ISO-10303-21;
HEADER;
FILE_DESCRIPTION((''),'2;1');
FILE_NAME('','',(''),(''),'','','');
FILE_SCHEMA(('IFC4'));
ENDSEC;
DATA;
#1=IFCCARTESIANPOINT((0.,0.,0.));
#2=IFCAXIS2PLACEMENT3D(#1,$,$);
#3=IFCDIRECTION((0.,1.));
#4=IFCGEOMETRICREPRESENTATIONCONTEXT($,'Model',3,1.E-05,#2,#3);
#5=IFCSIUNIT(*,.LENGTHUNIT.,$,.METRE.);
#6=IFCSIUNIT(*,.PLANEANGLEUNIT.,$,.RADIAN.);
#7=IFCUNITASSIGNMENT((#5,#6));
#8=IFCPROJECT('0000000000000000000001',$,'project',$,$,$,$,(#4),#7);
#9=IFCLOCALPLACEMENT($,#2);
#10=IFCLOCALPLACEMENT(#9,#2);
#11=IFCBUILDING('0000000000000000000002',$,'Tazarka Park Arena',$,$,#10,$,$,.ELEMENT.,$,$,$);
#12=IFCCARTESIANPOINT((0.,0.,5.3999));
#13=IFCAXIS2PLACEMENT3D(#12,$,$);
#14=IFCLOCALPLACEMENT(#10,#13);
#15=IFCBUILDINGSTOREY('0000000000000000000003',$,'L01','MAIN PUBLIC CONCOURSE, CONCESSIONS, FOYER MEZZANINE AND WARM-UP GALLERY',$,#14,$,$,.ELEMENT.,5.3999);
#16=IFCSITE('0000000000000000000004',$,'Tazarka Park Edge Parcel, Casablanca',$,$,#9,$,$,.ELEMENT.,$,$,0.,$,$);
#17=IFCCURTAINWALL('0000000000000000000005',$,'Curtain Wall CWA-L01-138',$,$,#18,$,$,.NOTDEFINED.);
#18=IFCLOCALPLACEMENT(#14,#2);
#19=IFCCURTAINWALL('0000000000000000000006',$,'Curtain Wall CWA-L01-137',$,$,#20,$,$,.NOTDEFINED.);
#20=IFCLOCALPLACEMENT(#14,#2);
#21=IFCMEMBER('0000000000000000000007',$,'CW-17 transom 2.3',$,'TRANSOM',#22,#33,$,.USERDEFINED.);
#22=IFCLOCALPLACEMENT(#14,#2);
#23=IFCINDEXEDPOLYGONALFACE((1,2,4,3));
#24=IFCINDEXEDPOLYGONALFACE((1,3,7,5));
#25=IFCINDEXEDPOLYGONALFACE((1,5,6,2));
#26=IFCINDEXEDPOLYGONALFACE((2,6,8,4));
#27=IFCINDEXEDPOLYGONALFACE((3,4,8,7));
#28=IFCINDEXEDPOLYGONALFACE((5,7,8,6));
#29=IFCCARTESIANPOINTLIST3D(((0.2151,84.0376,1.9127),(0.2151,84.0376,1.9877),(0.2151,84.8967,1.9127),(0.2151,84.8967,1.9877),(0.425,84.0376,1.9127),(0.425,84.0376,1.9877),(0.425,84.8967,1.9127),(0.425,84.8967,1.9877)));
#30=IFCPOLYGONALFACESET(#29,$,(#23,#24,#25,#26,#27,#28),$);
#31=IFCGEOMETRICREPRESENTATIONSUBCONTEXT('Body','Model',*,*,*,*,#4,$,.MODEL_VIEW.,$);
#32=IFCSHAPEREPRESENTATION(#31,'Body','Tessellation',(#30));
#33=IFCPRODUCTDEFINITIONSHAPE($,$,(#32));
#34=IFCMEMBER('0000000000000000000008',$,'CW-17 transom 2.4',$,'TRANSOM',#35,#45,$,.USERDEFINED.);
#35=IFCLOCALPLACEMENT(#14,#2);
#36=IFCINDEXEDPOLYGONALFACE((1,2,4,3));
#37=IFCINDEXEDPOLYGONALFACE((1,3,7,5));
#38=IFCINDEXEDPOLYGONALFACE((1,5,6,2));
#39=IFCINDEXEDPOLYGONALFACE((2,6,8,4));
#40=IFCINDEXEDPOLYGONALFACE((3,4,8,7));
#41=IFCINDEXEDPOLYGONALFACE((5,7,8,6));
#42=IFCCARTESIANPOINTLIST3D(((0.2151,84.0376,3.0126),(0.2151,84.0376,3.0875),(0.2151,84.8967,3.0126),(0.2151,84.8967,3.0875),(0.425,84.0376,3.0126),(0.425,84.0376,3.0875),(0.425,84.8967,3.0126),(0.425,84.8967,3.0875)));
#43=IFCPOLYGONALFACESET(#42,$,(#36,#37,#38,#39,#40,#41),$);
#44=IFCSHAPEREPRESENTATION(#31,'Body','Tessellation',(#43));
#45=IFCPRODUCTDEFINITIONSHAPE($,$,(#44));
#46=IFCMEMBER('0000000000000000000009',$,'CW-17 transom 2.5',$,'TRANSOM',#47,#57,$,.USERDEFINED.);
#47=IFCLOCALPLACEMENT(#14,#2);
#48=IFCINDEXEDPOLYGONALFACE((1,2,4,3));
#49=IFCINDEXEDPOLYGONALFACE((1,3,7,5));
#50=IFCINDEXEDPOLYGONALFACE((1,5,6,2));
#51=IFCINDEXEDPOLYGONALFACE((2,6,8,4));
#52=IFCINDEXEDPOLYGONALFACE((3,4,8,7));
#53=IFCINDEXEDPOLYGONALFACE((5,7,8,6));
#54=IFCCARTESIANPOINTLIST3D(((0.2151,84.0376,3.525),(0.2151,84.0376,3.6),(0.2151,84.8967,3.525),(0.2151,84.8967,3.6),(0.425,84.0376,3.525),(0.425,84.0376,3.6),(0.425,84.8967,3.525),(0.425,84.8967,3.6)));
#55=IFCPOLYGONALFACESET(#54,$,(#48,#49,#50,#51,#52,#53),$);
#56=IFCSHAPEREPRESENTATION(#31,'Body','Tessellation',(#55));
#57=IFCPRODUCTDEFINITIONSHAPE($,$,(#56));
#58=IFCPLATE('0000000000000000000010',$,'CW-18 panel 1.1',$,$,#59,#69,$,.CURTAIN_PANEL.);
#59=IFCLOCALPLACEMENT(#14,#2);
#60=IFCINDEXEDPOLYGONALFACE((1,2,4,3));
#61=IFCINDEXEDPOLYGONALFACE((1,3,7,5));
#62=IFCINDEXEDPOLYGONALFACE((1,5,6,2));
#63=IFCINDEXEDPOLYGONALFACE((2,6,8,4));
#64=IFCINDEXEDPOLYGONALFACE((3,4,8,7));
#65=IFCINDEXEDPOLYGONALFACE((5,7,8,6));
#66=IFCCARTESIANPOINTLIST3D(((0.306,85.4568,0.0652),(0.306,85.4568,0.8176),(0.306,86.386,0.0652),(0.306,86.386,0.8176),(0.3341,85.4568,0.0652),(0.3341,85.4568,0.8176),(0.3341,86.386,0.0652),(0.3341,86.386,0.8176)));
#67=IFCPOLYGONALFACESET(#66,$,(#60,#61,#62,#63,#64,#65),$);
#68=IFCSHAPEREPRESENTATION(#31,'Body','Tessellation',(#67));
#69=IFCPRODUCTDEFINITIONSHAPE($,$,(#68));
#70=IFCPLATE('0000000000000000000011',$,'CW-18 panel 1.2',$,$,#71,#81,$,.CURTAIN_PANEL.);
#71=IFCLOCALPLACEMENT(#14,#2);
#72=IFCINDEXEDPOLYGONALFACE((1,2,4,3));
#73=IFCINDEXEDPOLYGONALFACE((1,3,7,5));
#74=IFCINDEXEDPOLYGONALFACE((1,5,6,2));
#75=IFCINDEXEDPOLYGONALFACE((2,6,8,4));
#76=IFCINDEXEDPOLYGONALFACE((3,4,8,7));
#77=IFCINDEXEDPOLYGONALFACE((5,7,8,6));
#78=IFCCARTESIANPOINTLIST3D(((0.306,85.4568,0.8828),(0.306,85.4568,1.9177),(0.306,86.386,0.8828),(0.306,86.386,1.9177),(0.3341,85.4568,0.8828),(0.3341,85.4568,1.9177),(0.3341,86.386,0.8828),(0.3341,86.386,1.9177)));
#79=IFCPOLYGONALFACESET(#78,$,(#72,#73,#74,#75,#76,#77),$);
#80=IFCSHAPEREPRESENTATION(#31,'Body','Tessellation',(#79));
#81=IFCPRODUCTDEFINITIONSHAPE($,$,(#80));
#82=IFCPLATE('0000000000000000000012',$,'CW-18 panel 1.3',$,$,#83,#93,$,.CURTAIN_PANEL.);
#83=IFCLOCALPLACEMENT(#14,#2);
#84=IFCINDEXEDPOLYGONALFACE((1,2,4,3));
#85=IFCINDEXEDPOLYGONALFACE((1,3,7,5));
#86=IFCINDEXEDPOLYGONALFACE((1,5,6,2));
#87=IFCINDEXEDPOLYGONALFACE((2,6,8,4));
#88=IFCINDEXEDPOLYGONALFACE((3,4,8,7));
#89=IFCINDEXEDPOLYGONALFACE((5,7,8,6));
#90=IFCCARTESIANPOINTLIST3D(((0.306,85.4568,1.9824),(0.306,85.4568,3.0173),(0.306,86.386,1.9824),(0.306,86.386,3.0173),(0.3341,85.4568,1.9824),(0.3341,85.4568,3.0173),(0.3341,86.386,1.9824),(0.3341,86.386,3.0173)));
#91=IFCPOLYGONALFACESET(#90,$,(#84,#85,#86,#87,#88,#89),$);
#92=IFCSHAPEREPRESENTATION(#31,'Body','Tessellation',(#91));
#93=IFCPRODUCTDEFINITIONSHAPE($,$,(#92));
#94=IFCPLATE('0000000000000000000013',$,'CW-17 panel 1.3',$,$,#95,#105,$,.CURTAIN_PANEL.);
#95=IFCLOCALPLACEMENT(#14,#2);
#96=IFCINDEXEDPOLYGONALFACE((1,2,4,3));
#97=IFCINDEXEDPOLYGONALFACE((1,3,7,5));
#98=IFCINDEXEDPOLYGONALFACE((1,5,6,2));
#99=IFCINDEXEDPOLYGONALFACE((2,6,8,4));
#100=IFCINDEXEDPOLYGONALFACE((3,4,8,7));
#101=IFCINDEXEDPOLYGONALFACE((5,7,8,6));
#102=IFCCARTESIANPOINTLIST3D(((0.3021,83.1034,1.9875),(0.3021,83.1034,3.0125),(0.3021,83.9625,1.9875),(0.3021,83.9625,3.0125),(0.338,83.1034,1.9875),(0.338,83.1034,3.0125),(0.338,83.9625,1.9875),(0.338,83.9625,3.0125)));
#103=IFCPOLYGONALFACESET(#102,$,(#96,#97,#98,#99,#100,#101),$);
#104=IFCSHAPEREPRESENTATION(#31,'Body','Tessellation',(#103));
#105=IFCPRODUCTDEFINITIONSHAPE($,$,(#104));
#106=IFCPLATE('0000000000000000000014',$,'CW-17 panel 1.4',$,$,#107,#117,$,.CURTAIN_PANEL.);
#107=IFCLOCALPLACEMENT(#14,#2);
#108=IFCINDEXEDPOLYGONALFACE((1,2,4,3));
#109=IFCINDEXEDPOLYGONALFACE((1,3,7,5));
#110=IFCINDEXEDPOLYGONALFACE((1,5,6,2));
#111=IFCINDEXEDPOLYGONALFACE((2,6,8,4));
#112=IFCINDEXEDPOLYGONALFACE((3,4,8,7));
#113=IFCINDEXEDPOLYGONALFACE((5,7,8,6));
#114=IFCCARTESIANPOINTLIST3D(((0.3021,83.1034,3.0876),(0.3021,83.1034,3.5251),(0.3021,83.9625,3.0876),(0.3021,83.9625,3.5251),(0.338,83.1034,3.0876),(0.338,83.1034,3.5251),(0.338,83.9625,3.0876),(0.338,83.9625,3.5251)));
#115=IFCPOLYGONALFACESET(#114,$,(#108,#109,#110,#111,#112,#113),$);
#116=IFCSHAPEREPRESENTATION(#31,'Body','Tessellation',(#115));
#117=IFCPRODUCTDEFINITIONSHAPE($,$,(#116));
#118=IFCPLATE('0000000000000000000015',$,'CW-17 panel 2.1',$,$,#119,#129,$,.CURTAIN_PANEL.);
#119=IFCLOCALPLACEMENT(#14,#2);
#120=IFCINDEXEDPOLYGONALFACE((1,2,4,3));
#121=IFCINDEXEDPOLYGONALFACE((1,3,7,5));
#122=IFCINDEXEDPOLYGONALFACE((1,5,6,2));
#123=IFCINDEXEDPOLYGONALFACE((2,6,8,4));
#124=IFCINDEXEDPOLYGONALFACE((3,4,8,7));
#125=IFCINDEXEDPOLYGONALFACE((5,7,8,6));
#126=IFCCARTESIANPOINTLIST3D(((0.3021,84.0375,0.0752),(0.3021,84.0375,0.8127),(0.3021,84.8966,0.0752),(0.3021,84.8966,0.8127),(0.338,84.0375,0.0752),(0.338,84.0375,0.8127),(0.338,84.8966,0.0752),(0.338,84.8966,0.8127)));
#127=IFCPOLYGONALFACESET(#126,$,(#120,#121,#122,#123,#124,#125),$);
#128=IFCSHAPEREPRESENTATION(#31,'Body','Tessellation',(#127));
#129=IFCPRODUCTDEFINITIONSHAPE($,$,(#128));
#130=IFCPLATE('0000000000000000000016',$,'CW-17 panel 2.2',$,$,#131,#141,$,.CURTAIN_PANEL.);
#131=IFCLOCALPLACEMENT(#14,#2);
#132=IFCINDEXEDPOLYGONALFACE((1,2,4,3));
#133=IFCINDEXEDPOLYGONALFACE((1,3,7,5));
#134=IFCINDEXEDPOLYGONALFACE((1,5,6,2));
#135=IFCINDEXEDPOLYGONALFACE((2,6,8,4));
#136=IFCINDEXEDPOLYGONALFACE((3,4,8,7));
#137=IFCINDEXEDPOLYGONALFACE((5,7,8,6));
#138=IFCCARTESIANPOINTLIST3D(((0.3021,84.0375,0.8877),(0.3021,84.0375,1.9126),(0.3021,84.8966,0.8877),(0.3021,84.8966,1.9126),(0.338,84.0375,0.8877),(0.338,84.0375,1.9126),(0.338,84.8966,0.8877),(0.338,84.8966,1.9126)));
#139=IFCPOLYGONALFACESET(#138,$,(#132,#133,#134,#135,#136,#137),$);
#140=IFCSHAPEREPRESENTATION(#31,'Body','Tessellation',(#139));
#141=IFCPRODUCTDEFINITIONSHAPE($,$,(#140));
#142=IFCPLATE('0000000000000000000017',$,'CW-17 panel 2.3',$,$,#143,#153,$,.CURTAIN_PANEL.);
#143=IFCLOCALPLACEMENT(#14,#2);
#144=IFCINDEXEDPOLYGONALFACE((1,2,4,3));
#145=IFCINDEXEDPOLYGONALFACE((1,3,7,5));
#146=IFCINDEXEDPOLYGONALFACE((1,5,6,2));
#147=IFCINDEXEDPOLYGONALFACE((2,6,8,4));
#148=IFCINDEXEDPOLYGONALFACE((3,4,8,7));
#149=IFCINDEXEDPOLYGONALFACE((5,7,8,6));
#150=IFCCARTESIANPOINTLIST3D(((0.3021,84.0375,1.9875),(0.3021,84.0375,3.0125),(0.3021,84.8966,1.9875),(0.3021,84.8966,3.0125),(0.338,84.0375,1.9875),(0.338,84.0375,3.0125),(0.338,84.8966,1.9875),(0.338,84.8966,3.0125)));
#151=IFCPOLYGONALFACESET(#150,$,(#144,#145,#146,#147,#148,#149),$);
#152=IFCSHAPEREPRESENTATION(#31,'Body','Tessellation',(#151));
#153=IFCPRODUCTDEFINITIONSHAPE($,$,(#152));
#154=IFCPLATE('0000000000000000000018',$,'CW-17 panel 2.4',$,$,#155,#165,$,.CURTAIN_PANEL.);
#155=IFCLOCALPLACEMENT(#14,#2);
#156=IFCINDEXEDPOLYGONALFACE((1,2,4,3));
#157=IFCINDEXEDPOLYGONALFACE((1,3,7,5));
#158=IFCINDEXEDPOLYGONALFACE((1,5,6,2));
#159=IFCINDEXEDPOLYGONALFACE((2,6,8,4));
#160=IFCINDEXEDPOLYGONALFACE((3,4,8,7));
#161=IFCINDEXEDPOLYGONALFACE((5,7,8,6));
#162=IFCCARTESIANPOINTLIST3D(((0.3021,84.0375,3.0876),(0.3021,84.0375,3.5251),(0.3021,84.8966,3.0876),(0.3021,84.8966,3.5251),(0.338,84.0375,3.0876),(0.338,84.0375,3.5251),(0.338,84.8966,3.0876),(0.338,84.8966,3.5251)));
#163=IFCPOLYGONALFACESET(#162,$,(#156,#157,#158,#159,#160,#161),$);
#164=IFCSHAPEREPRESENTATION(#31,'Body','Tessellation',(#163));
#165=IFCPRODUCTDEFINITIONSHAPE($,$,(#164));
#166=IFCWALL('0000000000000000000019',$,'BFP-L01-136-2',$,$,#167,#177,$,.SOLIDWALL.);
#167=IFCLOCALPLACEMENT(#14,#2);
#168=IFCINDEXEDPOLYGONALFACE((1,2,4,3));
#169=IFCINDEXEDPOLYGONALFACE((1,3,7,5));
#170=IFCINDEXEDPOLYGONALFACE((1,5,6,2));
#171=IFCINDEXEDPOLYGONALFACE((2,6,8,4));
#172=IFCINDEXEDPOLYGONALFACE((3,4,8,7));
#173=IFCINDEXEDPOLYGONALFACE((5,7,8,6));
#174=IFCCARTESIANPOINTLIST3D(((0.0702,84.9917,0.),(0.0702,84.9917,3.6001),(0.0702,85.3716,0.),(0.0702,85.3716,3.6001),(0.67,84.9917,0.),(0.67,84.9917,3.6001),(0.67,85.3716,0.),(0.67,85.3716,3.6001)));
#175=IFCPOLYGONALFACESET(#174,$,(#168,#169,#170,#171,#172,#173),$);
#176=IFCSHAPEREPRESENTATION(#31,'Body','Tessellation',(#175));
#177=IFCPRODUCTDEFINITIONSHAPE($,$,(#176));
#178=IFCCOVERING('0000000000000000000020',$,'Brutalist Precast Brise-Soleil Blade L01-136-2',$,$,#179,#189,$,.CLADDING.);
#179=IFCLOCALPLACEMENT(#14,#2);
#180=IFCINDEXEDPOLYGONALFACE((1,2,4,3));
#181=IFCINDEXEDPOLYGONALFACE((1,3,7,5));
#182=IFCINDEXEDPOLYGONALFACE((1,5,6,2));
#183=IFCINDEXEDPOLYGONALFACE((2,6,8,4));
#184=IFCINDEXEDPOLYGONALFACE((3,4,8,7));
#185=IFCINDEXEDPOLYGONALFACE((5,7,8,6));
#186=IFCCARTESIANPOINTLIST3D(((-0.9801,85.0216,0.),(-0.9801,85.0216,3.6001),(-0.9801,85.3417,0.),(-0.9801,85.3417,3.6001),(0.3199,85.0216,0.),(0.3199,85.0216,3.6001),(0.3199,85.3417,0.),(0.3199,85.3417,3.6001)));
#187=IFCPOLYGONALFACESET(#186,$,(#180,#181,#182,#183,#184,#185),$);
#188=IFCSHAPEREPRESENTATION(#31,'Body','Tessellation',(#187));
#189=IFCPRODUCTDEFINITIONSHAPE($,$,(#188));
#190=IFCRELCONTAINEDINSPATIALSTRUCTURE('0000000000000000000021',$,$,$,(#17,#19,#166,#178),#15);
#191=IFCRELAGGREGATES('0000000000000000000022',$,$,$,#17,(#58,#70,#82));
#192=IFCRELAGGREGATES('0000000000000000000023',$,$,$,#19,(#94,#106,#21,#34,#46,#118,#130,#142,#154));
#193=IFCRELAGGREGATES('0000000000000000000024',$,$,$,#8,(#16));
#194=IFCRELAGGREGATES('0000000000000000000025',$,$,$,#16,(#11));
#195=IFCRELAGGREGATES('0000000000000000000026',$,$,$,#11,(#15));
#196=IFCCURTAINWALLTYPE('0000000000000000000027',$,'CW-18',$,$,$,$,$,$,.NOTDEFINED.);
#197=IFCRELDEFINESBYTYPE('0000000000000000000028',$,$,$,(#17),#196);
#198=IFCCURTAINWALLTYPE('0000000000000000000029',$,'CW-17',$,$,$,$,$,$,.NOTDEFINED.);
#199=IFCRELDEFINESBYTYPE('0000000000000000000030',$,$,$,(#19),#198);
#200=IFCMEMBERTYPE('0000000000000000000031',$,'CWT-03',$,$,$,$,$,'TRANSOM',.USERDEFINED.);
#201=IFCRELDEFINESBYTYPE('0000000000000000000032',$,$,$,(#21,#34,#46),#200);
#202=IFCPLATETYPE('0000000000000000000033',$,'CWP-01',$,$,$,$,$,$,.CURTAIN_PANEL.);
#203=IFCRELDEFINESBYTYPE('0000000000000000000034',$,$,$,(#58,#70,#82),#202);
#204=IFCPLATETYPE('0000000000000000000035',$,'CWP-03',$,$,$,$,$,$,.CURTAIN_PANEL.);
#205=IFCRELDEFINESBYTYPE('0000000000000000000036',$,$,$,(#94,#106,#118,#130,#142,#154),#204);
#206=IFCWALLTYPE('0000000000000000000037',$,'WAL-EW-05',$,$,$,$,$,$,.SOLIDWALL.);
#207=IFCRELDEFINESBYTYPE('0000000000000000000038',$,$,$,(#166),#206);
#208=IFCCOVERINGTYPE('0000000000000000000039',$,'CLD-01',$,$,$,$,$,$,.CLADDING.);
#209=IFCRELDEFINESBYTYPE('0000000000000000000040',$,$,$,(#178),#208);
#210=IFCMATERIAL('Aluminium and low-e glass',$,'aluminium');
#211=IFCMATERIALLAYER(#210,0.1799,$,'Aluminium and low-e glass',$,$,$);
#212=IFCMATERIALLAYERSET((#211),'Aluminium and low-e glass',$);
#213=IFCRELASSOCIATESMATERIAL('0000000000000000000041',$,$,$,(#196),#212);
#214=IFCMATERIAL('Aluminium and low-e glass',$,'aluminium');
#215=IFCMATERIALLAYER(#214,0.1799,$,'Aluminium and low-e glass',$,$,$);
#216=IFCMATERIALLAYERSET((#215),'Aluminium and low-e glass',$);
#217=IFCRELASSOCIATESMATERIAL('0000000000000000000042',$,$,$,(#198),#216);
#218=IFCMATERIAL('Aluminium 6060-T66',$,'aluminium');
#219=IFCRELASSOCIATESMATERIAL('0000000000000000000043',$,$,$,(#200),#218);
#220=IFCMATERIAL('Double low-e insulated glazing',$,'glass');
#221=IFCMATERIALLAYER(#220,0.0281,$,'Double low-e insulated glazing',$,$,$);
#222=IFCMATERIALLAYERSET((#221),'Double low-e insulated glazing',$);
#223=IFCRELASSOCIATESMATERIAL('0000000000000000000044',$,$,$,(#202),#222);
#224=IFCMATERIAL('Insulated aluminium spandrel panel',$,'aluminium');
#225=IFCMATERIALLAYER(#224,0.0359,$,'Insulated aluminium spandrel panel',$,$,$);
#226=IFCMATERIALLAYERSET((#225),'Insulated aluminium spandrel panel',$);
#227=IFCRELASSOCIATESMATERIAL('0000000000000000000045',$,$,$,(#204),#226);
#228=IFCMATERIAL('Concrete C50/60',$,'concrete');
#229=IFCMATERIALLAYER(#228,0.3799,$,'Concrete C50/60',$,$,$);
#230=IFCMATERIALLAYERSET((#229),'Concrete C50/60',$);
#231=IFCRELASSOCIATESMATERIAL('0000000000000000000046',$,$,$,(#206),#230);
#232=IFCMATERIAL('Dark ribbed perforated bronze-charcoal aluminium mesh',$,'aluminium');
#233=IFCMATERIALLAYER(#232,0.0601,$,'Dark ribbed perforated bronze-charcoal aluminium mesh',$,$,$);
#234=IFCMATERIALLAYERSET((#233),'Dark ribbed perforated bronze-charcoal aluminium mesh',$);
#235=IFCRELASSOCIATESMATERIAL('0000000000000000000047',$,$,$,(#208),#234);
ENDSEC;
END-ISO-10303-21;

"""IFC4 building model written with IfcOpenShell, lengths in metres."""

from ifc_helpers import new_model, si_unit, direction, frame, frame_2d, origin, origin_2d, place, context, subcontext, project, spatial, rectangle, extrude, material, layer, layer_set, material_profile, profile_set, type_object, element, aggregate, save


model = new_model("IFC4")

# Units and contexts
model_context = context("Model", 3, precision=1e-05, world=origin(), true_north=direction((0.0, 1.0)))
body_context = subcontext(model_context, "Body", "Model", "MODEL_VIEW")
ifc_project = project(units=[si_unit("LENGTHUNIT", "METRE"), si_unit("PLANEANGLEUNIT", "RADIAN")], contexts=[model_context])

# Site, building, storey
site_placement = place(None, origin())
site = spatial("IfcSite", under=ifc_project, at=site_placement, Name="Tazarka Park Edge Parcel, Casablanca", CompositionType="ELEMENT", RefElevation=0.0)
building_placement = place(site_placement, origin())
building = spatial("IfcBuilding", under=site, at=building_placement, Name="Tazarka Park Arena", CompositionType="ELEMENT")
storey_placement = place(building_placement, frame((0.0, 0.0, 5.3999)))
storey = spatial("IfcBuildingStorey", under=building, at=storey_placement, Name="L01", Description="MAIN PUBLIC CONCOURSE, CONCESSIONS, FOYER MEZZANINE AND WARM-UP GALLERY", CompositionType="ELEMENT", Elevation=5.3999)

# Curtain wall
ifc_material_1 = material(Name="Aluminium and low-e glass", Category="aluminium")
ifc_layer_1 = layer(ifc_material_1, 0.1799, Name="Aluminium and low-e glass")
ifc_layer_set_1 = layer_set([ifc_layer_1], Name="Aluminium and low-e glass")
curtain_wall_type_1 = type_object("IfcCurtainWallType", Name="CW-18", PredefinedType="NOTDEFINED", material=ifc_layer_set_1)
curtain_wall_1_placement = place(storey_placement, origin())
curtain_wall_1 = element("IfcCurtainWall", 1, at=curtain_wall_1_placement, inside=storey, type_object=curtain_wall_type_1, Name="Curtain Wall CWA-L01-138", PredefinedType="NOTDEFINED")

# Curtain wall
ifc_material_2 = material(Name="Aluminium and low-e glass", Category="aluminium")
ifc_layer_2 = layer(ifc_material_2, 0.1799, Name="Aluminium and low-e glass")
ifc_layer_set_2 = layer_set([ifc_layer_2], Name="Aluminium and low-e glass")
curtain_wall_type_2 = type_object("IfcCurtainWallType", Name="CW-17", PredefinedType="NOTDEFINED", material=ifc_layer_set_2)
curtain_wall_2_placement = place(storey_placement, origin())
curtain_wall_2 = element("IfcCurtainWall", 2, at=curtain_wall_2_placement, inside=storey, type_object=curtain_wall_type_2, Name="Curtain Wall CWA-L01-137", PredefinedType="NOTDEFINED")

# Members
ifc_material_3 = material(Name="Aluminium 6060-T66", Category="aluminium")
ifc_material_profile_1 = material_profile(ifc_material_3, rectangle(XDim=0.21, YDim=0.075, at=origin_2d()), Name="Aluminium 6060-T66")
ifc_profile_set_1 = profile_set([ifc_material_profile_1], Name="Aluminium 6060-T66")
member_type_1 = type_object("IfcMemberType", Name="CWT-03", ElementType="TRANSOM", PredefinedType="USERDEFINED", material=ifc_profile_set_1)
member_1_placement = place(storey_placement, frame((0.3201, 84.0376, 1.9502), z_axis=(0.0, 1.0, 0.0), x_axis=(-1.0, 0.0, 0.0)))
member_1 = element("IfcMember", 3, at=member_1_placement, type_object=member_type_1, Name="CW-17 transom 2.3", ObjectType="TRANSOM", PredefinedType="USERDEFINED", context=body_context, shape_type="SweptSolid", body=[
    extrude(rectangle(XDim=0.21, YDim=0.075, at=origin_2d()), origin(), (0.0, 0.0, 1.0), 0.8591),
])
member_2_placement = place(storey_placement, frame((0.3201, 84.0376, 3.05), z_axis=(0.0, 1.0, 0.0), x_axis=(-1.0, 0.0, 0.0)))
member_2 = element("IfcMember", 4, at=member_2_placement, type_object=member_type_1, Name="CW-17 transom 2.4", ObjectType="TRANSOM", PredefinedType="USERDEFINED", context=body_context, shape_type="SweptSolid", body=[
    extrude(rectangle(XDim=0.21, YDim=0.075, at=origin_2d()), origin(), (0.0, 0.0, 1.0), 0.8591),
])
member_3_placement = place(storey_placement, frame((0.3201, 84.0376, 3.5625), z_axis=(0.0, 1.0, 0.0), x_axis=(-1.0, 0.0, 0.0)))
member_3 = element("IfcMember", 5, at=member_3_placement, type_object=member_type_1, Name="CW-17 transom 2.5", ObjectType="TRANSOM", PredefinedType="USERDEFINED", context=body_context, shape_type="SweptSolid", body=[
    extrude(rectangle(XDim=0.21, YDim=0.075, at=origin_2d()), origin(), (0.0, 0.0, 1.0), 0.8591),
])

# Plates
ifc_material_4 = material(Name="Double low-e insulated glazing", Category="glass")
ifc_layer_3 = layer(ifc_material_4, 0.0281, Name="Double low-e insulated glazing")
ifc_layer_set_3 = layer_set([ifc_layer_3], Name="Double low-e insulated glazing")
plate_type_1 = type_object("IfcPlateType", Name="CWP-01", PredefinedType="CURTAIN_PANEL", material=ifc_layer_set_3)
plate_1_placement = place(storey_placement, frame((0.3201, 85.9214, 0.0652), z_axis=(0.0, 0.0, 1.0), x_axis=(0.0, 1.0, 0.0)))
plate_1 = element("IfcPlate", 6, at=plate_1_placement, type_object=plate_type_1, Name="CW-18 panel 1.1", PredefinedType="CURTAIN_PANEL", context=body_context, shape_type="SweptSolid", body=[
    extrude(rectangle(XDim=0.9292, YDim=0.0281, at=origin_2d()), origin(), (0.0, 0.0, 1.0), 0.7524),
])
plate_2_placement = place(storey_placement, frame((0.3201, 85.9214, 0.8828), z_axis=(0.0, 0.0, 1.0), x_axis=(0.0, 1.0, 0.0)))
plate_2 = element("IfcPlate", 7, at=plate_2_placement, type_object=plate_type_1, Name="CW-18 panel 1.2", PredefinedType="CURTAIN_PANEL", context=body_context, shape_type="SweptSolid", body=[
    extrude(rectangle(XDim=0.9292, YDim=0.0281, at=origin_2d()), origin(), (0.0, 0.0, 1.0), 1.0349),
])
plate_3_placement = place(storey_placement, frame((0.3201, 85.9214, 1.9824), z_axis=(0.0, 0.0, 1.0), x_axis=(0.0, 1.0, 0.0)))
plate_3 = element("IfcPlate", 8, at=plate_3_placement, type_object=plate_type_1, Name="CW-18 panel 1.3", PredefinedType="CURTAIN_PANEL", context=body_context, shape_type="SweptSolid", body=[
    extrude(rectangle(XDim=0.9292, YDim=0.0281, at=origin_2d()), origin(), (0.0, 0.0, 1.0), 1.0349),
])
aggregate(curtain_wall_1, [plate_1, plate_2, plate_3])
ifc_material_5 = material(Name="Insulated aluminium spandrel panel", Category="aluminium")
ifc_layer_4 = layer(ifc_material_5, 0.0359, Name="Insulated aluminium spandrel panel")
ifc_layer_set_4 = layer_set([ifc_layer_4], Name="Insulated aluminium spandrel panel")
plate_type_2 = type_object("IfcPlateType", Name="CWP-03", PredefinedType="CURTAIN_PANEL", material=ifc_layer_set_4)
plate_4_placement = place(storey_placement, frame((0.3201, 83.533, 1.9875), z_axis=(0.0, 0.0, 1.0), x_axis=(0.0, 1.0, 0.0)))
plate_4 = element("IfcPlate", 9, at=plate_4_placement, type_object=plate_type_2, Name="CW-17 panel 1.3", PredefinedType="CURTAIN_PANEL", context=body_context, shape_type="SweptSolid", body=[
    extrude(rectangle(XDim=0.8591, YDim=0.0359, at=origin_2d()), origin(), (0.0, 0.0, 1.0), 1.0249),
])
plate_5_placement = place(storey_placement, frame((0.3201, 83.533, 3.0876), z_axis=(0.0, 0.0, 1.0), x_axis=(0.0, 1.0, 0.0)))
plate_5 = element("IfcPlate", 10, at=plate_5_placement, type_object=plate_type_2, Name="CW-17 panel 1.4", PredefinedType="CURTAIN_PANEL", context=body_context, shape_type="SweptSolid", body=[
    extrude(rectangle(XDim=0.8591, YDim=0.0359, at=origin_2d()), origin(), (0.0, 0.0, 1.0), 0.4375),
])
plate_6_placement = place(storey_placement, frame((0.3201, 84.467, 0.0752), z_axis=(0.0, 0.0, 1.0), x_axis=(0.0, 1.0, 0.0)))
plate_6 = element("IfcPlate", 11, at=plate_6_placement, type_object=plate_type_2, Name="CW-17 panel 2.1", PredefinedType="CURTAIN_PANEL", context=body_context, shape_type="SweptSolid", body=[
    extrude(rectangle(XDim=0.8591, YDim=0.0359, at=origin_2d()), origin(), (0.0, 0.0, 1.0), 0.7375),
])
plate_7_placement = place(storey_placement, frame((0.3201, 84.467, 0.8877), z_axis=(0.0, 0.0, 1.0), x_axis=(0.0, 1.0, 0.0)))
plate_7 = element("IfcPlate", 12, at=plate_7_placement, type_object=plate_type_2, Name="CW-17 panel 2.2", PredefinedType="CURTAIN_PANEL", context=body_context, shape_type="SweptSolid", body=[
    extrude(rectangle(XDim=0.8591, YDim=0.0359, at=origin_2d()), origin(), (0.0, 0.0, 1.0), 1.0249),
])
plate_8_placement = place(storey_placement, frame((0.3201, 84.467, 1.9875), z_axis=(0.0, 0.0, 1.0), x_axis=(0.0, 1.0, 0.0)))
plate_8 = element("IfcPlate", 13, at=plate_8_placement, type_object=plate_type_2, Name="CW-17 panel 2.3", PredefinedType="CURTAIN_PANEL", context=body_context, shape_type="SweptSolid", body=[
    extrude(rectangle(XDim=0.8591, YDim=0.0359, at=origin_2d()), origin(), (0.0, 0.0, 1.0), 1.0249),
])
plate_9_placement = place(storey_placement, frame((0.3201, 84.467, 3.0876), z_axis=(0.0, 0.0, 1.0), x_axis=(0.0, 1.0, 0.0)))
plate_9 = element("IfcPlate", 14, at=plate_9_placement, type_object=plate_type_2, Name="CW-17 panel 2.4", PredefinedType="CURTAIN_PANEL", context=body_context, shape_type="SweptSolid", body=[
    extrude(rectangle(XDim=0.8591, YDim=0.0359, at=origin_2d()), origin(), (0.0, 0.0, 1.0), 0.4375),
])
aggregate(curtain_wall_2, [plate_4, plate_5, member_1, member_2, member_3, plate_6, plate_7, plate_8, plate_9])

# Wall
ifc_material_6 = material(Name="Concrete C50/60", Category="concrete")
ifc_layer_5 = layer(ifc_material_6, 0.3799, Name="Concrete C50/60")
ifc_layer_set_5 = layer_set([ifc_layer_5], Name="Concrete C50/60")
wall_type = type_object("IfcWallType", Name="WAL-EW-05", PredefinedType="SOLIDWALL", material=ifc_layer_set_5)
wall_placement = place(storey_placement, frame((0.6699, 85.1816, 0.0), z_axis=(0.0, 0.0, 1.0), x_axis=(-1.0, 0.0, 0.0)))
element("IfcWall", 15, at=wall_placement, inside=storey, type_object=wall_type, Name="BFP-L01-136-2", PredefinedType="SOLIDWALL", context=body_context, shape_type="SweptSolid", body=[
    extrude(rectangle(XDim=0.5999, YDim=0.3799, at=frame_2d((0.2998, 0.0))), origin(), (0.0, 0.0, 1.0), 3.6001),
])

# Covering
ifc_material_7 = material(Name="Dark ribbed perforated bronze-charcoal aluminium mesh", Category="aluminium")
ifc_layer_6 = layer(ifc_material_7, 0.0601, Name="Dark ribbed perforated bronze-charcoal aluminium mesh")
ifc_layer_set_6 = layer_set([ifc_layer_6], Name="Dark ribbed perforated bronze-charcoal aluminium mesh")
covering_type = type_object("IfcCoveringType", Name="CLD-01", PredefinedType="CLADDING", material=ifc_layer_set_6)
covering_placement = place(storey_placement, frame((-0.3301, 85.1816, 0.0), z_axis=(0.0, 0.0, 1.0), x_axis=(0.0, 1.0, 0.0)))
element("IfcCovering", 16, at=covering_placement, inside=storey, type_object=covering_type, Name="Brutalist Precast Brise-Soleil Blade L01-136-2", PredefinedType="CLADDING", context=body_context, shape_type="SweptSolid", body=[
    extrude(rectangle(XDim=0.3201, YDim=1.3, at=origin_2d()), origin(), (0.0, 0.0, 1.0), 3.6001),
])

save(model, "model.ifc")
